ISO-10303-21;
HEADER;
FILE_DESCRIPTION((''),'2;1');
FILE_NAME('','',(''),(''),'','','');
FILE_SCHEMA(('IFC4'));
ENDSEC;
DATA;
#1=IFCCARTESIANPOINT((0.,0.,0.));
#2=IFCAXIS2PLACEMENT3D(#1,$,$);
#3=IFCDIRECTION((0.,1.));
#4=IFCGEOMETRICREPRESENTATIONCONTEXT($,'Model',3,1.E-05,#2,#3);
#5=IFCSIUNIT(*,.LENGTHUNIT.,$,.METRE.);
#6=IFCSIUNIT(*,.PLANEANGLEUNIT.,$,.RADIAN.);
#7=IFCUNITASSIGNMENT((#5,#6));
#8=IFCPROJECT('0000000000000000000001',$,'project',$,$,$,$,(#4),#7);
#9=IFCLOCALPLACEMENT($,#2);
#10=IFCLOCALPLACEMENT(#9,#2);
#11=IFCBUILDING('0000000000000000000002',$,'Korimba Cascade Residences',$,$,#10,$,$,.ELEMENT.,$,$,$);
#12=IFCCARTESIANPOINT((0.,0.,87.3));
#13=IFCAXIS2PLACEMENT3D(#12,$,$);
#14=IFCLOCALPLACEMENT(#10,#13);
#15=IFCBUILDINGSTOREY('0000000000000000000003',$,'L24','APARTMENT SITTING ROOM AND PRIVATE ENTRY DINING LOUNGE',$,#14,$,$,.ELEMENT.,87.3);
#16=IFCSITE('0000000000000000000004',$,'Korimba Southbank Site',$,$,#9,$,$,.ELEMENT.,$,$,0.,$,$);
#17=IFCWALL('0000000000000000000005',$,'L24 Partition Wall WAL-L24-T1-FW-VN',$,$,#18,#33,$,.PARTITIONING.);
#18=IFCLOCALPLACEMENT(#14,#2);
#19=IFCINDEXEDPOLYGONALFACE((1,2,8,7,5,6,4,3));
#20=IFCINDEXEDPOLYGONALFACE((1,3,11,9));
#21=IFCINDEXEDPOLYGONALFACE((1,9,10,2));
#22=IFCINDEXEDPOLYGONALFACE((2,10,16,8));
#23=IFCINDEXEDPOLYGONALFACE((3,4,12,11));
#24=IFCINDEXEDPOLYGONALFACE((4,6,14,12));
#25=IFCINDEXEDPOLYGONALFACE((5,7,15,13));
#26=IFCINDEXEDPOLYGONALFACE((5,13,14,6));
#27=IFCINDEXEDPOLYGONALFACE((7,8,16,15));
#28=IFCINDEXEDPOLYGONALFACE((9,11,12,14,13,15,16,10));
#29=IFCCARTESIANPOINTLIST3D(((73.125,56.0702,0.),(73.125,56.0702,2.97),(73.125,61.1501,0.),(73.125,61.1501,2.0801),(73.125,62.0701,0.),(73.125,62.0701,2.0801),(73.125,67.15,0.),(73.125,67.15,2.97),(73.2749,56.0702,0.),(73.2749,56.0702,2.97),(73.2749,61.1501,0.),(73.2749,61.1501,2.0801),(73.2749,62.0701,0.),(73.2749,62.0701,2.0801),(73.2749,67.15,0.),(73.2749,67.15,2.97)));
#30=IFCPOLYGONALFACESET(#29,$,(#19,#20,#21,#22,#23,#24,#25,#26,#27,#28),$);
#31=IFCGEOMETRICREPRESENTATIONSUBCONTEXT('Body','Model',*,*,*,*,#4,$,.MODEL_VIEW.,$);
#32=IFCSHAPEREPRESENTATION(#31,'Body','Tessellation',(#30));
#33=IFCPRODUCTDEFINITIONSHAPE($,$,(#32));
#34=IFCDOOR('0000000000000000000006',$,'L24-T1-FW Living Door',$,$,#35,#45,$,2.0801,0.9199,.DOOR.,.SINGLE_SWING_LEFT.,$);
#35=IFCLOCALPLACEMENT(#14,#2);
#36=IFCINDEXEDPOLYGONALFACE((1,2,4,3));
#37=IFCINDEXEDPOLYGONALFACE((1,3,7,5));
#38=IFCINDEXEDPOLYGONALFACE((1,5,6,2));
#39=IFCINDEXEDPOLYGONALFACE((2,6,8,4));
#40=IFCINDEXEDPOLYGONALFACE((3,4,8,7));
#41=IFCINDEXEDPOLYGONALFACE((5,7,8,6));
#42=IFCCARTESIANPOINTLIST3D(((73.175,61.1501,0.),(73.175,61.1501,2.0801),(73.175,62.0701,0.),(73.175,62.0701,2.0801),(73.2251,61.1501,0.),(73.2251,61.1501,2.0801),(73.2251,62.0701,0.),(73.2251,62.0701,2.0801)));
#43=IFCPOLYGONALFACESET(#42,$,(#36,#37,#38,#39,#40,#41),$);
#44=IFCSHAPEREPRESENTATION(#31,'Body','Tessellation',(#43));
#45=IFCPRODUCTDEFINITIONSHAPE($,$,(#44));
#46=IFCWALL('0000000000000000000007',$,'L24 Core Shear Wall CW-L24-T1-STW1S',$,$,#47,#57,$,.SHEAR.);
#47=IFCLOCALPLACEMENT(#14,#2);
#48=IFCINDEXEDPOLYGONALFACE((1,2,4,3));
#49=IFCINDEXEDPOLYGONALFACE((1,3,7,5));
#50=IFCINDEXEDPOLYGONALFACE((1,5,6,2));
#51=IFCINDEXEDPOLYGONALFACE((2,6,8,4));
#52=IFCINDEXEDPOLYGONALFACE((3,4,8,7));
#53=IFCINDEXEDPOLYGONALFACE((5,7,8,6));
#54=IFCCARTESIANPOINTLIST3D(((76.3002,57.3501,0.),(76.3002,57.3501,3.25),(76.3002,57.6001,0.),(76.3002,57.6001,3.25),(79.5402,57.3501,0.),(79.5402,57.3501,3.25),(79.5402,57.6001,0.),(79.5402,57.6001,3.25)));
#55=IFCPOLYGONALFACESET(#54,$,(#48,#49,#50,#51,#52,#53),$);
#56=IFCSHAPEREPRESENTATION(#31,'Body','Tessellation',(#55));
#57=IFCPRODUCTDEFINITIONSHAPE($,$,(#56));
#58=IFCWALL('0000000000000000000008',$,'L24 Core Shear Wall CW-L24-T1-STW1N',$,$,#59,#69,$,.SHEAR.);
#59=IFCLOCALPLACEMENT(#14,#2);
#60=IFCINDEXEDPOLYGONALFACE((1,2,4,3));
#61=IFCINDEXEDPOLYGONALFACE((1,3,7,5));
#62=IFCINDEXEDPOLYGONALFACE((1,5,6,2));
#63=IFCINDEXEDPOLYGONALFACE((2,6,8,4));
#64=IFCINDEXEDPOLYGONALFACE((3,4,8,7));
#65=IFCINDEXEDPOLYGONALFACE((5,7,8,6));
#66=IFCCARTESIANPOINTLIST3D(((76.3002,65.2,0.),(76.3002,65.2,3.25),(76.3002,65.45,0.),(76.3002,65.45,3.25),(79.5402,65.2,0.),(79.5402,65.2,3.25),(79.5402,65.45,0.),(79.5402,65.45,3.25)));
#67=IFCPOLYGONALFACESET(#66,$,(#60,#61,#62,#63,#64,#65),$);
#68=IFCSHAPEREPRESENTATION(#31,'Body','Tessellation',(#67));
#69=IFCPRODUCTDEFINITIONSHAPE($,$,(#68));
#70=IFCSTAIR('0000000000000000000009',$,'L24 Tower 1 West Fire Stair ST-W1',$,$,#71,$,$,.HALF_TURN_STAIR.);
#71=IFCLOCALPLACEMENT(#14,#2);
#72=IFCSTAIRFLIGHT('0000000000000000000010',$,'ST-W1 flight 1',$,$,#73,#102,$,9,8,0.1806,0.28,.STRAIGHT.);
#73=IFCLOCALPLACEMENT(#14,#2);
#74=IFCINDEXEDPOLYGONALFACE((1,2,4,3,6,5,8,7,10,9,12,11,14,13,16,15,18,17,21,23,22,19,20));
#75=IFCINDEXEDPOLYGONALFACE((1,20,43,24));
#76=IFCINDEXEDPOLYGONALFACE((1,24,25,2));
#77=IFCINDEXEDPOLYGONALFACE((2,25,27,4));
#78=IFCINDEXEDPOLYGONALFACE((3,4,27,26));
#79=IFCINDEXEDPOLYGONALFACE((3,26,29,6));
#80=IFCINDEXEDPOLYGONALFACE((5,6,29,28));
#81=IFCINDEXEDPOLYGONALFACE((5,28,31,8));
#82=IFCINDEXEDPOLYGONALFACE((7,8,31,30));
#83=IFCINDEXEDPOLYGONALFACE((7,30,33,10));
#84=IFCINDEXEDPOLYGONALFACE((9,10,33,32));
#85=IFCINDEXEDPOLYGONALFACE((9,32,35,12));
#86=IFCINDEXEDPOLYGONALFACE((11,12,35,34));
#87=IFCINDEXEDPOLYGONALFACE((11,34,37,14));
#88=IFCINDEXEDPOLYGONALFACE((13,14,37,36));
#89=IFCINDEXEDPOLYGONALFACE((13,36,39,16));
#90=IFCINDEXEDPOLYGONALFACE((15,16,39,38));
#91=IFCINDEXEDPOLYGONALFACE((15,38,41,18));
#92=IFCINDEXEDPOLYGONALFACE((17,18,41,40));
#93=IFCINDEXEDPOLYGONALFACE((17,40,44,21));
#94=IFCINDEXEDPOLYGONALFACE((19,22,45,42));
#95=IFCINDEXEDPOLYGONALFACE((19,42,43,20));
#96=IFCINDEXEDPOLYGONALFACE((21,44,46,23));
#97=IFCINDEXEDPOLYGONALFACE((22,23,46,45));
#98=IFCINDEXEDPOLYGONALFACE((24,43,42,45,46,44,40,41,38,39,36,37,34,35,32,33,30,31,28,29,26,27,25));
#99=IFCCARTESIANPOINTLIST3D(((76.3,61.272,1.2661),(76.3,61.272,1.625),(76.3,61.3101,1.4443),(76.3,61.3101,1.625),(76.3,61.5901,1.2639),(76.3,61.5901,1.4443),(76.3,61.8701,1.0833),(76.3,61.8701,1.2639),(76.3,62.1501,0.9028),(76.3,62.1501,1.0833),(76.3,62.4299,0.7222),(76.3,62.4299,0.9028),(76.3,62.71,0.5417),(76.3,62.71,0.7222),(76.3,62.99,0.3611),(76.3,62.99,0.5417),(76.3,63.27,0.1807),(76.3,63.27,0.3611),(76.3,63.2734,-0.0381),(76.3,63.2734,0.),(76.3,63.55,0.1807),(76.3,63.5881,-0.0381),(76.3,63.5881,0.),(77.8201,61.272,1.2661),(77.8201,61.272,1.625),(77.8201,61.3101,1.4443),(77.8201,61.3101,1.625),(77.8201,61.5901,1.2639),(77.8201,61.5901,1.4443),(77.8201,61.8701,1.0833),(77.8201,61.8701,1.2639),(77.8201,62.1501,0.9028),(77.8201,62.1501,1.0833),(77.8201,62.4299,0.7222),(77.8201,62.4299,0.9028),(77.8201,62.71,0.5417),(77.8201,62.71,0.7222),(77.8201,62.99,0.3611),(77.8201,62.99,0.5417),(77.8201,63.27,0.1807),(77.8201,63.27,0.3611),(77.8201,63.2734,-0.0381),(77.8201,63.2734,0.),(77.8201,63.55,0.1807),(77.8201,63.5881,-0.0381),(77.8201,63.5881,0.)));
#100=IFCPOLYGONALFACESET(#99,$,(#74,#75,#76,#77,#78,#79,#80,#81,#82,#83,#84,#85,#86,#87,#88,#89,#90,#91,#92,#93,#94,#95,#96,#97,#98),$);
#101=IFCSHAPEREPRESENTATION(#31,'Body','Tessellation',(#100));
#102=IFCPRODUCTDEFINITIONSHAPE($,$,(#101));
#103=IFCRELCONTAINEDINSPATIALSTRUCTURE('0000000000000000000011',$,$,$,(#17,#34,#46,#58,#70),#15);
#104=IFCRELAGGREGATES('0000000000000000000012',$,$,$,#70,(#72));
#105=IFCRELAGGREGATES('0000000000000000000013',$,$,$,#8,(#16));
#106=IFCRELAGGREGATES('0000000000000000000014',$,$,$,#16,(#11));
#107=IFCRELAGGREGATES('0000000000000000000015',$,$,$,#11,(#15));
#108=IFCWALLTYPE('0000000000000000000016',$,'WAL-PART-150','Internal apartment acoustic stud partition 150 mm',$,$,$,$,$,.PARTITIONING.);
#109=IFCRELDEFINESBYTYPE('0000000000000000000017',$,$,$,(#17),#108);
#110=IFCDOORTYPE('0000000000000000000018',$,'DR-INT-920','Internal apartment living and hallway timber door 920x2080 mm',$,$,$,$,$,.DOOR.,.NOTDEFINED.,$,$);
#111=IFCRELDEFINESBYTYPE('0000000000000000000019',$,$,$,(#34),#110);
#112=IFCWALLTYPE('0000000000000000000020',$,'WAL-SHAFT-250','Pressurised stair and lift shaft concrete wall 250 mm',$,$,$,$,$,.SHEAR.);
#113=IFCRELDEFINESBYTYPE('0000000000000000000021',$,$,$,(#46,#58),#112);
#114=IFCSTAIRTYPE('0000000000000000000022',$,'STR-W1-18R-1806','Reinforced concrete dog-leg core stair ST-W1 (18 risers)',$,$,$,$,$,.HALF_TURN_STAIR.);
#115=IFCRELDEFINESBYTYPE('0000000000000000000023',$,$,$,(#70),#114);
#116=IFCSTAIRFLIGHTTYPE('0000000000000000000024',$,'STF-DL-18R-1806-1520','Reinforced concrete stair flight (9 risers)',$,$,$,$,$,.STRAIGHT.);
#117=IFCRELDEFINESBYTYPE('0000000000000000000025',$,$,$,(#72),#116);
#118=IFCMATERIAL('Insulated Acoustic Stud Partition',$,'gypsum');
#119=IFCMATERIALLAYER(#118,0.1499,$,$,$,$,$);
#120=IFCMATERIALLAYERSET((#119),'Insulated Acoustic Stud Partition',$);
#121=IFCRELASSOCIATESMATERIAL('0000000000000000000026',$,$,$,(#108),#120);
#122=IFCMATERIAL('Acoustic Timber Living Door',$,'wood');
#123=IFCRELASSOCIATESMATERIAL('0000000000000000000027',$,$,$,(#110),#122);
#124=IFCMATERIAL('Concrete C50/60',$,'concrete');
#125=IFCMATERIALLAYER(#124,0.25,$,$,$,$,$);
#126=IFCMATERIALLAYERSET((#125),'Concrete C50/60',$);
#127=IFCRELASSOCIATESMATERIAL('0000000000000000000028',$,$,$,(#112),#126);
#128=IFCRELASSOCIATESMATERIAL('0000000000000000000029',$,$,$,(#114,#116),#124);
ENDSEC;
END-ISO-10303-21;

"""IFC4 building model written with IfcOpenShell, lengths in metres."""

from ifc_helpers import new_model, si_unit, direction, frame, frame_2d, origin, place, context, subcontext, project, spatial, polyline, rectangle, outline, extrude, material, layer, layer_set, type_object, element, fill, aggregate, save


model = new_model("IFC4")

# Units and contexts
model_context = context("Model", 3, precision=1e-05, world=origin(), true_north=direction((0.0, 1.0)))
body_context = subcontext(model_context, "Body", "Model", "MODEL_VIEW")
ifc_project = project(units=[si_unit("LENGTHUNIT", "METRE"), si_unit("PLANEANGLEUNIT", "RADIAN")], contexts=[model_context])

# Site, building, storey
site_placement = place(None, origin())
site = spatial("IfcSite", under=ifc_project, at=site_placement, Name="Korimba Southbank Site", CompositionType="ELEMENT", RefElevation=0.0)
building_placement = place(site_placement, origin())
building = spatial("IfcBuilding", under=site, at=building_placement, Name="Korimba Cascade Residences", CompositionType="ELEMENT")
storey_placement = place(building_placement, frame((0.0, 0.0, 87.3)))
storey = spatial("IfcBuildingStorey", under=building, at=storey_placement, Name="L24", Description="APARTMENT SITTING ROOM AND PRIVATE ENTRY DINING LOUNGE", CompositionType="ELEMENT", Elevation=87.3)

# Wall, opening, door
ifc_material_1 = material(Name="Insulated Acoustic Stud Partition", Category="gypsum")
ifc_layer_1 = layer(ifc_material_1, 0.1499)
ifc_layer_set_1 = layer_set([ifc_layer_1], Name="Insulated Acoustic Stud Partition")
wall_type_1 = type_object("IfcWallType", Name="WAL-PART-150", Description="Internal apartment acoustic stud partition 150 mm", PredefinedType="PARTITIONING", material=ifc_layer_set_1)
wall_1_placement = place(storey_placement, frame((73.2, 56.0701, 0.0), z_axis=(0.0, 0.0, 1.0), x_axis=(0.0, 1.0, 0.0)))
wall_1 = element("IfcWall", 1, at=wall_1_placement, inside=storey, type_object=wall_type_1, Name="L24 Partition Wall WAL-L24-T1-FW-VN", PredefinedType="PARTITIONING", context=body_context, shape_type="SweptSolid", body=[
    extrude(rectangle(XDim=11.0798, YDim=0.1499, at=frame_2d((5.54, 0.0))), origin(), (0.0, 0.0, 1.0), 2.97),
])
opening_1_placement = place(wall_1_placement, frame((5.0801, 0.0, 0.0)))
opening_1 = element("IfcOpeningElement", 2, at=opening_1_placement, cuts=wall_1, PredefinedType="OPENING", context=body_context, shape_type="SweptSolid", body=[
    extrude(rectangle(XDim=0.9199, YDim=2.0801, at=frame_2d((0.46, 1.04))), frame((0.0, 0.085, 0.0), z_axis=(0.0, -1.0, 0.0), x_axis=(1.0, 0.0, 0.0)), (0.0, 0.0, 1.0), 0.1699),
])
ifc_material_2 = material(Name="Acoustic Timber Living Door", Category="wood")
door_type_1 = type_object("IfcDoorType", Name="DR-INT-920", Description="Internal apartment living and hallway timber door 920x2080 mm", OperationType="NOTDEFINED", PredefinedType="DOOR", material=ifc_material_2)
door_1_placement = place(opening_1_placement, origin())
door_1 = element("IfcDoor", 3, at=door_1_placement, inside=storey, type_object=door_type_1, Name="L24-T1-FW Living Door", OperationType="SINGLE_SWING_LEFT", OverallHeight=2.0801, OverallWidth=0.9199, PredefinedType="DOOR", context=body_context, shape_type="SweptSolid", body=[
    extrude(rectangle(XDim=0.9199, YDim=2.0801, at=frame_2d((0.46, 1.04))), frame((0.0, 0.0249, 0.0), z_axis=(0.0, -1.0, 0.0), x_axis=(1.0, 0.0, 0.0)), (0.0, 0.0, 1.0), 0.05),
])
fill(opening_1, door_1)

# Walls
ifc_material_3 = material(Name="Concrete C50/60", Category="concrete")
ifc_layer_2 = layer(ifc_material_3, 0.25)
ifc_layer_set_2 = layer_set([ifc_layer_2], Name="Concrete C50/60")
wall_type_2 = type_object("IfcWallType", Name="WAL-SHAFT-250", Description="Pressurised stair and lift shaft concrete wall 250 mm", PredefinedType="SHEAR", material=ifc_layer_set_2)
for number, where, z_axis, x_axis, name in (
    (4, (76.3, 57.4751, 0.0), (0.0, 0.0, 1.0), (1.0, 0.0, 0.0), "L24 Core Shear Wall CW-L24-T1-STW1S"),
    (5, (76.3, 65.325, 0.0), (0.0, 0.0, 1.0), (1.0, 0.0, 0.0), "L24 Core Shear Wall CW-L24-T1-STW1N"),
):
    element("IfcWall", number, at=place(storey_placement, frame(where, z_axis=z_axis, x_axis=x_axis)), inside=storey, type_object=wall_type_2, Name=name, PredefinedType="SHEAR", context=body_context, shape_type="SweptSolid", body=[
        extrude(rectangle(XDim=3.24, YDim=0.25, at=frame_2d((1.6201, 0.0))), origin(), (0.0, 0.0, 1.0), 3.25),
    ])

# Stair, stair flight
stair_type = type_object("IfcStairType", Name="STR-W1-18R-1806", Description="Reinforced concrete dog-leg core stair ST-W1 (18 risers)", PredefinedType="HALF_TURN_STAIR", material=ifc_material_3)
stair_placement = place(storey_placement, origin())
stair = element("IfcStair", 6, at=stair_placement, inside=storey, type_object=stair_type, Name="L24 Tower 1 West Fire Stair ST-W1", PredefinedType="HALF_TURN_STAIR")
stair_flight_type = type_object("IfcStairFlightType", Name="STF-DL-18R-1806-1520", Description="Reinforced concrete stair flight (9 risers)", PredefinedType="STRAIGHT", material=ifc_material_3)
stair_flight_placement = place(storey_placement, frame((77.0601, 63.55, 0.0), z_axis=(0.0, 0.0, 1.0), x_axis=(0.0, -1.0, 0.0)))
stair_flight = element("IfcStairFlight", 7, at=stair_flight_placement, type_object=stair_flight_type, Name="ST-W1 flight 1", NumberOfRisers=9, NumberOfTreads=8, PredefinedType="STRAIGHT", RiserHeight=0.1806, TreadLength=0.28, context=body_context, shape_type="SweptSolid", body=[
    extrude(outline(polyline([(-0.0381, 0.0), (0.0, 0.1807), (0.28, 0.1807), (0.28, 0.3611), (0.5601, 0.3611), (0.5601, 0.5417), (0.8401, 0.5417), (0.8401, 0.7222), (1.1201, 0.7222), (1.1201, 0.9028), (1.3999, 0.9028), (1.3999, 1.0833), (1.6799, 1.0833), (1.6799, 1.2639), (1.96, 1.2639), (1.96, 1.4443), (2.24, 1.4443), (2.24, 1.625), (2.2781, 1.625), (2.2781, 1.2661), (0.2766, 0.0), (0.2766, -0.0381), (-0.0381, -0.0381), (-0.0381, 0.0)])), frame((0.0, 0.76, 0.0), z_axis=(0.0, -1.0, 0.0), x_axis=(1.0, 0.0, 0.0)), (0.0, 0.0, 1.0), 1.52),
])
aggregate(stair, [stair_flight])

save(model, "model.ifc")
